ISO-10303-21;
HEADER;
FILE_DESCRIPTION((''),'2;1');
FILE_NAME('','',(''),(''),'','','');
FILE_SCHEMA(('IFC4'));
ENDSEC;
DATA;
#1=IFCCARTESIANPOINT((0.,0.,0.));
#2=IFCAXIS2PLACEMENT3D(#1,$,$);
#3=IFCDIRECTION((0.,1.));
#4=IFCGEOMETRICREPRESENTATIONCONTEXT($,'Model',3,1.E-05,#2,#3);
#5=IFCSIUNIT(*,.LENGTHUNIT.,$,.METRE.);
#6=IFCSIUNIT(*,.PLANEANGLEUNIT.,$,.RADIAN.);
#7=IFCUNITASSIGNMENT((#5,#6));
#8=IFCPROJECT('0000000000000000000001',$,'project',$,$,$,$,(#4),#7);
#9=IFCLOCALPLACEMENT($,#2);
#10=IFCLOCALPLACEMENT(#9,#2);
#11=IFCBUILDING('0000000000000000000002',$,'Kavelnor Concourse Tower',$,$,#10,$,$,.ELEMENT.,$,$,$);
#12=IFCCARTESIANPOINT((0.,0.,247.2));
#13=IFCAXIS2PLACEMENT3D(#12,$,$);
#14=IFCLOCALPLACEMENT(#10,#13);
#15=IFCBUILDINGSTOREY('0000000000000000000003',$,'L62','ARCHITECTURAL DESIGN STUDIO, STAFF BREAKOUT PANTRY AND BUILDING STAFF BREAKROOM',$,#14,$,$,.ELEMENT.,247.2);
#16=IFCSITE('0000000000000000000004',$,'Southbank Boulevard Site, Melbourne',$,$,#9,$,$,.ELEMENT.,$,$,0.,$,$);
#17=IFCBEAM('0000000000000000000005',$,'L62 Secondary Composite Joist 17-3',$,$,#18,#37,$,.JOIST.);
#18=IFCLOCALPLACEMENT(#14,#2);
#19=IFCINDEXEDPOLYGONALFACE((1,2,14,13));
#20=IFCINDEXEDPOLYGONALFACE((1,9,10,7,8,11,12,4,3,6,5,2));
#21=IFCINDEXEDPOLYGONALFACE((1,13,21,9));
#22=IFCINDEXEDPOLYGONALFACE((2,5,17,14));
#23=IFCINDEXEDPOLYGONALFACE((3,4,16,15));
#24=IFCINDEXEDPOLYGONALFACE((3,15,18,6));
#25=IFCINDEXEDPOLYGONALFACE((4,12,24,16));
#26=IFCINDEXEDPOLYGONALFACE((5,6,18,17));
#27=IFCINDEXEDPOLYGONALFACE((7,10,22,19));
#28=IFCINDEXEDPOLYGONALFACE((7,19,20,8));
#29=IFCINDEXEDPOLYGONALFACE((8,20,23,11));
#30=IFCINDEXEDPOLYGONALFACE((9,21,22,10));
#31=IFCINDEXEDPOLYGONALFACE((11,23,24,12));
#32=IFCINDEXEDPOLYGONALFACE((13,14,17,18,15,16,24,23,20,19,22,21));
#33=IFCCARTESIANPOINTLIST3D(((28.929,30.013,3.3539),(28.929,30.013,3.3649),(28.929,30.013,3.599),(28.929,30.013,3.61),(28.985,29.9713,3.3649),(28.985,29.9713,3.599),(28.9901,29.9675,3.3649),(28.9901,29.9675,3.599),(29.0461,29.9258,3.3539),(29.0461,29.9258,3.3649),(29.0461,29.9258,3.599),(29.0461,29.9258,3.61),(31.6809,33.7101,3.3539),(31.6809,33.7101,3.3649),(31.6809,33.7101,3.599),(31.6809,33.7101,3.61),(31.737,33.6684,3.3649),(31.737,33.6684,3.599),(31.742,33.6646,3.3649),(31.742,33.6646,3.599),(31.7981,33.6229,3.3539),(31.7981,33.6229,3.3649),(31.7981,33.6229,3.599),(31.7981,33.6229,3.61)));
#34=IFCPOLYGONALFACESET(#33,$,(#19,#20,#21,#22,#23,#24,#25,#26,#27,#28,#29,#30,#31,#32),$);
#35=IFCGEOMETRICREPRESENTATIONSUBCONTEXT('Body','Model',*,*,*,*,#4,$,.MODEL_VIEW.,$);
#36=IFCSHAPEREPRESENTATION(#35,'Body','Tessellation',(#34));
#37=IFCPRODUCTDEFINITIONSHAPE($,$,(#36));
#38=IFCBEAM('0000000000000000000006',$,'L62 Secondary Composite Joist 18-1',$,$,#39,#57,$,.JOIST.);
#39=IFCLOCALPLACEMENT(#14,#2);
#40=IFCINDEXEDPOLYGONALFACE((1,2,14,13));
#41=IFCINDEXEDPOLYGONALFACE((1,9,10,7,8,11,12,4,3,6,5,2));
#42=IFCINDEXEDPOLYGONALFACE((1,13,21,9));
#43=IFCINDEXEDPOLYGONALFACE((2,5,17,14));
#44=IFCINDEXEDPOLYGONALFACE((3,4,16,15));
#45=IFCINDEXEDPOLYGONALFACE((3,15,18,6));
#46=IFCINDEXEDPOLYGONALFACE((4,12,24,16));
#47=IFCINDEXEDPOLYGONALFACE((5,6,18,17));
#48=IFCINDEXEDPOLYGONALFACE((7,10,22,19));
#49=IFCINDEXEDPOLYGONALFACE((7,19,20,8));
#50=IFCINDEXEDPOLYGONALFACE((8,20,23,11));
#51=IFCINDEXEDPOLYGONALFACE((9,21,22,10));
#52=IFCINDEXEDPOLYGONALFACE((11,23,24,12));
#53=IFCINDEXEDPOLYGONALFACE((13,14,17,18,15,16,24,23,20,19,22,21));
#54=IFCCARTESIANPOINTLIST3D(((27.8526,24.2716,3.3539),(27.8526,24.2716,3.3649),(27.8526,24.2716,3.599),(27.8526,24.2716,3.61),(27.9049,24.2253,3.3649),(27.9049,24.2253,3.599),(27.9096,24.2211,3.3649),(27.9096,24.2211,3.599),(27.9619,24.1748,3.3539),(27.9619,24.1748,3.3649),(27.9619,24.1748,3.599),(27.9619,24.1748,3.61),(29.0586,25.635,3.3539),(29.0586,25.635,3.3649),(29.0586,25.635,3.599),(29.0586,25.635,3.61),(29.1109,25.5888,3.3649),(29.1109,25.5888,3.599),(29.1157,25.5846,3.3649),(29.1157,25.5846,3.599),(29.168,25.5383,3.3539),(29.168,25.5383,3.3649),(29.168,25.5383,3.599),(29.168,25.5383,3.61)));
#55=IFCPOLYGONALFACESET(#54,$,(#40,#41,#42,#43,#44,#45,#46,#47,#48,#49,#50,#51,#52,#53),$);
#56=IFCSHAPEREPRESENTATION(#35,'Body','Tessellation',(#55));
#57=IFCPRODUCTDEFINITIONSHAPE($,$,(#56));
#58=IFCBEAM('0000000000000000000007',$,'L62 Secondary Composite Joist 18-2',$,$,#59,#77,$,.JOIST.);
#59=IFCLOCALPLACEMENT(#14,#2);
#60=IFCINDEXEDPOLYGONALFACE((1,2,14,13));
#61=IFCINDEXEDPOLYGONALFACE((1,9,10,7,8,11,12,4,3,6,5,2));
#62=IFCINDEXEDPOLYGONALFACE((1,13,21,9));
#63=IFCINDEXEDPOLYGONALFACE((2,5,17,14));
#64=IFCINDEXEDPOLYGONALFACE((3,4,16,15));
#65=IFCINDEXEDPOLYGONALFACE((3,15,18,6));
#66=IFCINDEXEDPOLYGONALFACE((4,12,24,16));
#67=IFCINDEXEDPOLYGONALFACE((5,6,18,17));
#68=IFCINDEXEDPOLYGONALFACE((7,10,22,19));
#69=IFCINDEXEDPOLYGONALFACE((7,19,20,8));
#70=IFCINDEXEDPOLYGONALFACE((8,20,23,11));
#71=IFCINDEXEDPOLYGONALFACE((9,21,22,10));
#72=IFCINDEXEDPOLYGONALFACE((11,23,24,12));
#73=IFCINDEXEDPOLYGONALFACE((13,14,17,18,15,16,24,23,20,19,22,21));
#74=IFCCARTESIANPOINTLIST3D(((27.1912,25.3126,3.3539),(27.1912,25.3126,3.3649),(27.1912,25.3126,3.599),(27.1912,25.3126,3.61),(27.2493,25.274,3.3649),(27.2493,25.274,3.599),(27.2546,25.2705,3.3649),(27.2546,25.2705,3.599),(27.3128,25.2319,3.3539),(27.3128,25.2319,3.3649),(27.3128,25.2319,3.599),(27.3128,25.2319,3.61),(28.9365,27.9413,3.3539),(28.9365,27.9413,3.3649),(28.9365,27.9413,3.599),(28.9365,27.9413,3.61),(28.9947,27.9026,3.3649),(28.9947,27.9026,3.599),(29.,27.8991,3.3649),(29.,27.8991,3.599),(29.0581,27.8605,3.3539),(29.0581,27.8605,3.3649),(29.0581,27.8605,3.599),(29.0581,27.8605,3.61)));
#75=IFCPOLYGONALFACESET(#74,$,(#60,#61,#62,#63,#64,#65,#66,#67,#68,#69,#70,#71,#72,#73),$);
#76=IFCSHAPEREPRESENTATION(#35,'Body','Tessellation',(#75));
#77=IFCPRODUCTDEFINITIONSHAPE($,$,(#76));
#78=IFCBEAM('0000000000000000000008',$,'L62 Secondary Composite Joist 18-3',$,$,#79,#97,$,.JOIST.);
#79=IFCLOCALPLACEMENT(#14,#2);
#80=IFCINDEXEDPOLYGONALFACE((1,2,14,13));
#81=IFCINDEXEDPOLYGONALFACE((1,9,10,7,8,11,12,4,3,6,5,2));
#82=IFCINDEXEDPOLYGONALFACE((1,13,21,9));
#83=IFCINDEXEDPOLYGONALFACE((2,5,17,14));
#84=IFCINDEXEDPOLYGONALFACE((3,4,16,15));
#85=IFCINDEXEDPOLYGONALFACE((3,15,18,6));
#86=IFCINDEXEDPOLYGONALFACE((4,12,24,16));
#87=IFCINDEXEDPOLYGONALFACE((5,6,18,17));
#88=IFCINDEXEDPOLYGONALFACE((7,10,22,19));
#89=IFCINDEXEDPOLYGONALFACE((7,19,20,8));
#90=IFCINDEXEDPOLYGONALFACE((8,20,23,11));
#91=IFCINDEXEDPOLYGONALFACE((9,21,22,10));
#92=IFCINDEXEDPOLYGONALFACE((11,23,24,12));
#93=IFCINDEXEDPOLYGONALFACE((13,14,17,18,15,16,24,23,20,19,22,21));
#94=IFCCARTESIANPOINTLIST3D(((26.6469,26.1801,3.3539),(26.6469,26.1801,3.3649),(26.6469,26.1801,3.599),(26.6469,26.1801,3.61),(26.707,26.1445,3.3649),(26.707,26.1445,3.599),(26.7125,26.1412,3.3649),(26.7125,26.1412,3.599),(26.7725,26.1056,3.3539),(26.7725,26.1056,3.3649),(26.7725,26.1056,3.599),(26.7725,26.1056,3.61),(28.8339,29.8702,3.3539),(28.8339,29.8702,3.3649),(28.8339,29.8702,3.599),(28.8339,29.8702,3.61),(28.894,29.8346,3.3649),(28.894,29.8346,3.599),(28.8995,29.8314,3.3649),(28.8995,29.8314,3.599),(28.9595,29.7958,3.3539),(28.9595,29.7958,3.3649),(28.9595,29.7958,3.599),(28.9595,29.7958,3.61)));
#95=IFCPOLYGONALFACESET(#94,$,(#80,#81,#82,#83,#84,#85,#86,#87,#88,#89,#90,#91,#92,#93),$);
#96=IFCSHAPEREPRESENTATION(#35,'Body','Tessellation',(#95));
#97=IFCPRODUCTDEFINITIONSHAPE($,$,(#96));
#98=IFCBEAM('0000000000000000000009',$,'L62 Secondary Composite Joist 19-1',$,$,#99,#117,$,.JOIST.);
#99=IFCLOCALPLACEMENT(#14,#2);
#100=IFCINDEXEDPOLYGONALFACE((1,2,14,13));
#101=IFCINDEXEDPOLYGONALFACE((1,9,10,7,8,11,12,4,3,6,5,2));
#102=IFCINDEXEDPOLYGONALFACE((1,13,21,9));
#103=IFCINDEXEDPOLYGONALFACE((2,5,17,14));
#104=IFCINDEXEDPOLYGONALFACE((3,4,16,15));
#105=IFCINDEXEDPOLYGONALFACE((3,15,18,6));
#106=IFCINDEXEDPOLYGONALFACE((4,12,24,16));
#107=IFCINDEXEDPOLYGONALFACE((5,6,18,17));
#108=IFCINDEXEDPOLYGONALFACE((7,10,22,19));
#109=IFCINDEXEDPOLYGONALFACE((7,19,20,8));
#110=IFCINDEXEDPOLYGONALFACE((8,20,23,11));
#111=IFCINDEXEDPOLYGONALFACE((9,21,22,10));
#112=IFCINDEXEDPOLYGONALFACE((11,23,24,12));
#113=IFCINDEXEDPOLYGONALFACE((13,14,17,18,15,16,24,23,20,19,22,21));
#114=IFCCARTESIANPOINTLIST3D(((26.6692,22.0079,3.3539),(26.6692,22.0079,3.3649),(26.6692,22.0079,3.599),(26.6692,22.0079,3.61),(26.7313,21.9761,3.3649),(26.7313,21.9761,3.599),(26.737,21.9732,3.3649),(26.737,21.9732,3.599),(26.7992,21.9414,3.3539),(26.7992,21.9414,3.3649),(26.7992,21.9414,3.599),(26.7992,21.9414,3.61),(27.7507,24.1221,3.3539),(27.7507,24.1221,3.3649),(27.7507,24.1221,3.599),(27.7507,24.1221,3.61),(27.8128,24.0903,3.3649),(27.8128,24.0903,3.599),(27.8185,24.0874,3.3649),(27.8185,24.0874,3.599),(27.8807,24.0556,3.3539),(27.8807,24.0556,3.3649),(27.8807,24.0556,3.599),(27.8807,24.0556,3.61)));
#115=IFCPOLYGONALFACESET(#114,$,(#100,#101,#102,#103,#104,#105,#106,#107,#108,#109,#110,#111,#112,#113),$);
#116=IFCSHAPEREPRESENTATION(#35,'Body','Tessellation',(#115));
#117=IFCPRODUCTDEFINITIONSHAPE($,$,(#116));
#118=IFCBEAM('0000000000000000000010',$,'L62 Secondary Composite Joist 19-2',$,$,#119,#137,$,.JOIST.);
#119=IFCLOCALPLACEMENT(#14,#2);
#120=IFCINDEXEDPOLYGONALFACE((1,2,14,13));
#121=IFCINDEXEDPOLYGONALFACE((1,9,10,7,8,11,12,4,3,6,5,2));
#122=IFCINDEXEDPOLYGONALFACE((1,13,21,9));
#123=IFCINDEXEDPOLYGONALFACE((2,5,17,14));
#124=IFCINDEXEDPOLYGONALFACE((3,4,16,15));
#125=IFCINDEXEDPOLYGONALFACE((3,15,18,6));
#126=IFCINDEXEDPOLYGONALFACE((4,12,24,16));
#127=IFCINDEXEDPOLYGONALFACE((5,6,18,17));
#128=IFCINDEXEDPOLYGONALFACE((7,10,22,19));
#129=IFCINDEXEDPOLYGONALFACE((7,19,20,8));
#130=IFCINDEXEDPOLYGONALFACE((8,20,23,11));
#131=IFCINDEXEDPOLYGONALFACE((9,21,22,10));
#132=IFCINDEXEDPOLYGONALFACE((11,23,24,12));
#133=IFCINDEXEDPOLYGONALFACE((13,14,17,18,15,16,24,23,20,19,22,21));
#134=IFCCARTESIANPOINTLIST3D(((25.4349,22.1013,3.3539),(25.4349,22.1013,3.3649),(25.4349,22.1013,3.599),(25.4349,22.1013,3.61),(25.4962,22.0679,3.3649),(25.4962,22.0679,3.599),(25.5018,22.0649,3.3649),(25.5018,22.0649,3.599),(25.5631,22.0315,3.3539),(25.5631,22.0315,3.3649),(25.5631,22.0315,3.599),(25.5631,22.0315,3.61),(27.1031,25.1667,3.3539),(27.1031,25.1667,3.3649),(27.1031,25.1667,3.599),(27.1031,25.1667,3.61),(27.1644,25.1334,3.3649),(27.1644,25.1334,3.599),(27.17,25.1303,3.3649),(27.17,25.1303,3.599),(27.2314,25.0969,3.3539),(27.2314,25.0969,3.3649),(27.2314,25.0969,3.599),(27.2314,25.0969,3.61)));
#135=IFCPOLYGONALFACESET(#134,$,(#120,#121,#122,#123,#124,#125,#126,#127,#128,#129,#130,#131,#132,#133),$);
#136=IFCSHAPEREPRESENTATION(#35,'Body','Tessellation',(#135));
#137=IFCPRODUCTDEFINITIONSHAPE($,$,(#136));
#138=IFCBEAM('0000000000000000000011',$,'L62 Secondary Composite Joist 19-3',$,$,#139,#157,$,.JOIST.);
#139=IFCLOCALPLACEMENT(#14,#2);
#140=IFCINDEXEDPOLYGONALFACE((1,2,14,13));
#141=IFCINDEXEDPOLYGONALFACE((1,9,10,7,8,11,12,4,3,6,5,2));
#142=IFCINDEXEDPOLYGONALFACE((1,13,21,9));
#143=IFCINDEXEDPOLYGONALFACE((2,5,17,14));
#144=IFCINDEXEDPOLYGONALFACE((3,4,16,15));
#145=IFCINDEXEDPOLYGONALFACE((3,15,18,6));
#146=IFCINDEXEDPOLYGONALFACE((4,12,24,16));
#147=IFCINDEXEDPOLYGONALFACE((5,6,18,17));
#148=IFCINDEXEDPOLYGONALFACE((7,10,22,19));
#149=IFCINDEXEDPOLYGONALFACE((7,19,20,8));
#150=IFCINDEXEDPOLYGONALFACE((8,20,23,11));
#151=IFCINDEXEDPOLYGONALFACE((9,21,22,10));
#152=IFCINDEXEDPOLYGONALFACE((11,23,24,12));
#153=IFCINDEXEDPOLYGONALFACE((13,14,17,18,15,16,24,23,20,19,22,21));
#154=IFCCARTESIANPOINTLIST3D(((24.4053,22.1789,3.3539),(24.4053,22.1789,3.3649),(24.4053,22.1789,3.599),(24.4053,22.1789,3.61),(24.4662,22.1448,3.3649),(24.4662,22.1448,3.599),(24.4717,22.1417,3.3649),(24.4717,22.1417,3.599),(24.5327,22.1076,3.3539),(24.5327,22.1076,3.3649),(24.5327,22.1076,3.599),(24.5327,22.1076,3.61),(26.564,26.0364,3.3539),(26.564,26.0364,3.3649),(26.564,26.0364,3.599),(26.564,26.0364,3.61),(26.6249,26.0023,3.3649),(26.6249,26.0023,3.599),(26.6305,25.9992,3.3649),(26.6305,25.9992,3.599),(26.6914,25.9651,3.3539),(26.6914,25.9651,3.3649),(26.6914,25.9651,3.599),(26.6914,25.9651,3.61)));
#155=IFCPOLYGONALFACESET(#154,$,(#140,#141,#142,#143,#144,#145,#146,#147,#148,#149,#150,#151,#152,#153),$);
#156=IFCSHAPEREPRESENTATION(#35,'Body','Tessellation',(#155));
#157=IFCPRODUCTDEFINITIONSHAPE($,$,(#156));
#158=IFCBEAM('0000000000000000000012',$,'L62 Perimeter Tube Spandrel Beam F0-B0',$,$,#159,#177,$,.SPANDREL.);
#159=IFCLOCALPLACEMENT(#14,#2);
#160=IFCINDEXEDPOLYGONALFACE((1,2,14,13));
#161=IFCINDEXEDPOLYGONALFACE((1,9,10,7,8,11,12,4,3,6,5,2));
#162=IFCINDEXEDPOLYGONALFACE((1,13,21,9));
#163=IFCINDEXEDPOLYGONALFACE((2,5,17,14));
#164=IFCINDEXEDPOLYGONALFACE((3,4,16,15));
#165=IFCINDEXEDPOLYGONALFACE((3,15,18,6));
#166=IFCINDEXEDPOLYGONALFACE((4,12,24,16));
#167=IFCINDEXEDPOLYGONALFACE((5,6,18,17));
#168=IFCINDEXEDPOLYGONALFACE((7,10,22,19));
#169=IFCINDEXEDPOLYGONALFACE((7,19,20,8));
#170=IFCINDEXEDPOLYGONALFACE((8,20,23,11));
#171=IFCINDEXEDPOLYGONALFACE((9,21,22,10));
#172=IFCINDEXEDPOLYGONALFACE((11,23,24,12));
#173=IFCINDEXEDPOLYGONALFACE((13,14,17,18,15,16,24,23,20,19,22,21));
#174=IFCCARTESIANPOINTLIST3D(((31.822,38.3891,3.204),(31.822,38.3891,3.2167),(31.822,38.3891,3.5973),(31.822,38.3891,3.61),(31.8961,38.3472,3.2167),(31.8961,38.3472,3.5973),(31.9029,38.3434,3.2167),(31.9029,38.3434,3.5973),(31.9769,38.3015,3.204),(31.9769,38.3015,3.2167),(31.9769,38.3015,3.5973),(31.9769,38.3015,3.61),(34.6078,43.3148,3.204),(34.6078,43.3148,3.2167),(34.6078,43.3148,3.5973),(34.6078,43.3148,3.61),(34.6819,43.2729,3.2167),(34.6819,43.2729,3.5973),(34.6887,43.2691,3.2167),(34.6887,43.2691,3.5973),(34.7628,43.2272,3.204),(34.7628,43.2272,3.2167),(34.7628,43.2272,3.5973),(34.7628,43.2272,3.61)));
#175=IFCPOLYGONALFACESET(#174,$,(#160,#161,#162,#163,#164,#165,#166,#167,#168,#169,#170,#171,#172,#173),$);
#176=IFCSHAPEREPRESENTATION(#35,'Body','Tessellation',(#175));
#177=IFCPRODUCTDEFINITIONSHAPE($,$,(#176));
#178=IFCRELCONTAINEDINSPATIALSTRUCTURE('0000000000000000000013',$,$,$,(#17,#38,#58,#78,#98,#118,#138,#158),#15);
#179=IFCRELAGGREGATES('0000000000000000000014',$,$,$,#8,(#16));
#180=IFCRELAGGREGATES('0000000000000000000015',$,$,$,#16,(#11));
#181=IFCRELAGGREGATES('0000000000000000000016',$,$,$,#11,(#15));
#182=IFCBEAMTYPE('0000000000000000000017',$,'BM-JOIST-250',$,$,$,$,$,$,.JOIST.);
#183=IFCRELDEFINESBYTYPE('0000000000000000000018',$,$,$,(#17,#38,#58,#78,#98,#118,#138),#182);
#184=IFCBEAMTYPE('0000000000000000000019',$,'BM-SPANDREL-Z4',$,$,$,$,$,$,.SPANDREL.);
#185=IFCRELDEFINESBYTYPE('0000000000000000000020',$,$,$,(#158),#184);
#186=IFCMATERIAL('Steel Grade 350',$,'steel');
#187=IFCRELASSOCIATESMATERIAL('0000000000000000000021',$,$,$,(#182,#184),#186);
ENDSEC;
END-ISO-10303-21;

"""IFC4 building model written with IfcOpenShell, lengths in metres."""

from ifc_helpers import new_model, si_unit, direction, frame, origin, origin_2d, place, context, subcontext, project, spatial, i_section, extrude, material, material_profile, profile_set, type_object, element, save


model = new_model("IFC4")

# Units and contexts
model_context = context("Model", 3, precision=1e-05, world=origin(), true_north=direction((0.0, 1.0)))
body_context = subcontext(model_context, "Body", "Model", "MODEL_VIEW")
ifc_project = project(units=[si_unit("LENGTHUNIT", "METRE"), si_unit("PLANEANGLEUNIT", "RADIAN")], contexts=[model_context])

# Site, building, storey
site_placement = place(None, origin())
site = spatial("IfcSite", under=ifc_project, at=site_placement, Name="Southbank Boulevard Site, Melbourne", CompositionType="ELEMENT", RefElevation=0.0)
building_placement = place(site_placement, origin())
building = spatial("IfcBuilding", under=site, at=building_placement, Name="Kavelnor Concourse Tower", CompositionType="ELEMENT")
storey_placement = place(building_placement, frame((0.0, 0.0, 247.2)))
storey = spatial("IfcBuildingStorey", under=building, at=storey_placement, Name="L62", Description="ARCHITECTURAL DESIGN STUDIO, STAFF BREAKOUT PANTRY AND BUILDING STAFF BREAKROOM", CompositionType="ELEMENT", Elevation=247.2)

# Shared definitions
ifc_material_1 = material(Name="Steel Grade 350", Category="steel")

# Beams
ifc_material_profile_1 = material_profile(ifc_material_1, i_section(OverallWidth=0.146, OverallDepth=0.2561, WebThickness=0.0063, FlangeThickness=0.011, at=origin_2d()), Name="250UB37")
ifc_profile_set_1 = profile_set([ifc_material_profile_1], Name="Steel Grade 350")
beam_type_1 = type_object("IfcBeamType", Name="BM-JOIST-250", PredefinedType="JOIST", material=ifc_profile_set_1)
beam_1_placement = place(storey_placement, frame((31.7395, 33.6665, 3.4819), z_axis=(-0.597106, -0.802162, 0.0), x_axis=(0.802162, -0.597106, 0.0)))
element("IfcBeam", 1, at=beam_1_placement, inside=storey, type_object=beam_type_1, Name="L62 Secondary Composite Joist 17-3", PredefinedType="JOIST", context=body_context, shape_type="SweptSolid", body=[
    extrude(i_section(OverallWidth=0.146, OverallDepth=0.2561, WebThickness=0.0063, FlangeThickness=0.011, at=origin_2d()), origin(), (0.0, 0.0, 1.0), 4.6089),
])
beam_2_placement = place(storey_placement, frame((29.1133, 25.5867, 3.4819), z_axis=(-0.66253, -0.749035, 0.0), x_axis=(0.749035, -0.66253, 0.0)))
element("IfcBeam", 2, at=beam_2_placement, inside=storey, type_object=beam_type_1, Name="L62 Secondary Composite Joist 18-1", PredefinedType="JOIST", context=body_context, shape_type="SweptSolid", body=[
    extrude(i_section(OverallWidth=0.146, OverallDepth=0.2561, WebThickness=0.0063, FlangeThickness=0.011, at=origin_2d()), origin(), (0.0, 0.0, 1.0), 1.8203),
])
beam_3_placement = place(storey_placement, frame((28.9973, 27.9009, 3.4819), z_axis=(-0.553146, -0.833084, 0.0), x_axis=(0.833084, -0.553146, 0.0)))
element("IfcBeam", 3, at=beam_3_placement, inside=storey, type_object=beam_type_1, Name="L62 Secondary Composite Joist 18-2", PredefinedType="JOIST", context=body_context, shape_type="SweptSolid", body=[
    extrude(i_section(OverallWidth=0.146, OverallDepth=0.2561, WebThickness=0.0063, FlangeThickness=0.011, at=origin_2d()), origin(), (0.0, 0.0, 1.0), 3.1553),
])
beam_4_placement = place(storey_placement, frame((28.8967, 29.833, 3.4819), z_axis=(-0.509843, -0.860267, 0.0), x_axis=(0.860267, -0.509843, 0.0)))
element("IfcBeam", 4, at=beam_4_placement, inside=storey, type_object=beam_type_1, Name="L62 Secondary Composite Joist 18-3", PredefinedType="JOIST", context=body_context, shape_type="SweptSolid", body=[
    extrude(i_section(OverallWidth=0.146, OverallDepth=0.2561, WebThickness=0.0063, FlangeThickness=0.011, at=origin_2d()), origin(), (0.0, 0.0, 1.0), 4.2896),
])
beam_5_placement = place(storey_placement, frame((27.8157, 24.0889, 3.4819), z_axis=(-0.455419, -0.890277, 0.0), x_axis=(0.890277, -0.455419, 0.0)))
element("IfcBeam", 5, at=beam_5_placement, inside=storey, type_object=beam_type_1, Name="L62 Secondary Composite Joist 19-1", PredefinedType="JOIST", context=body_context, shape_type="SweptSolid", body=[
    extrude(i_section(OverallWidth=0.146, OverallDepth=0.2561, WebThickness=0.0063, FlangeThickness=0.011, at=origin_2d()), origin(), (0.0, 0.0, 1.0), 2.3748),
])
beam_6_placement = place(storey_placement, frame((27.1672, 25.1318, 3.4819), z_axis=(-0.478004, -0.878358, 0.0), x_axis=(0.878358, -0.478004, 0.0)))
element("IfcBeam", 6, at=beam_6_placement, inside=storey, type_object=beam_type_1, Name="L62 Secondary Composite Joist 19-2", PredefinedType="JOIST", context=body_context, shape_type="SweptSolid", body=[
    extrude(i_section(OverallWidth=0.146, OverallDepth=0.2561, WebThickness=0.0063, FlangeThickness=0.011, at=origin_2d()), origin(), (0.0, 0.0, 1.0), 3.49),
])
beam_7_placement = place(storey_placement, frame((26.6277, 26.0007, 3.4819), z_axis=(-0.488351, -0.872647, 0.0), x_axis=(0.872647, -0.488351, 0.0)))
element("IfcBeam", 7, at=beam_7_placement, inside=storey, type_object=beam_type_1, Name="L62 Secondary Composite Joist 19-3", PredefinedType="JOIST", context=body_context, shape_type="SweptSolid", body=[
    extrude(i_section(OverallWidth=0.146, OverallDepth=0.2561, WebThickness=0.0063, FlangeThickness=0.011, at=origin_2d()), origin(), (0.0, 0.0, 1.0), 4.4204),
])
ifc_material_profile_2 = material_profile(ifc_material_1, i_section(OverallWidth=0.178, OverallDepth=0.406, WebThickness=0.0078, FlangeThickness=0.0127, at=origin_2d()), Name="410UB59")
ifc_profile_set_2 = profile_set([ifc_material_profile_2], Name="Steel Grade 350")
beam_type_2 = type_object("IfcBeamType", Name="BM-SPANDREL-Z4", PredefinedType="SPANDREL", material=ifc_profile_set_2)
beam_8_placement = place(storey_placement, frame((34.6853, 43.271, 3.407), z_axis=(-0.492292, -0.87043, 0.0), x_axis=(0.87043, -0.492292, 0.0)))
element("IfcBeam", 8, at=beam_8_placement, inside=storey, type_object=beam_type_2, Name="L62 Perimeter Tube Spandrel Beam F0-B0", PredefinedType="SPANDREL", context=body_context, shape_type="SweptSolid", body=[
    extrude(i_section(OverallWidth=0.178, OverallDepth=0.406, WebThickness=0.0078, FlangeThickness=0.0127, at=origin_2d()), origin(), (0.0, 0.0, 1.0), 5.6589),
])

save(model, "model.ifc")
